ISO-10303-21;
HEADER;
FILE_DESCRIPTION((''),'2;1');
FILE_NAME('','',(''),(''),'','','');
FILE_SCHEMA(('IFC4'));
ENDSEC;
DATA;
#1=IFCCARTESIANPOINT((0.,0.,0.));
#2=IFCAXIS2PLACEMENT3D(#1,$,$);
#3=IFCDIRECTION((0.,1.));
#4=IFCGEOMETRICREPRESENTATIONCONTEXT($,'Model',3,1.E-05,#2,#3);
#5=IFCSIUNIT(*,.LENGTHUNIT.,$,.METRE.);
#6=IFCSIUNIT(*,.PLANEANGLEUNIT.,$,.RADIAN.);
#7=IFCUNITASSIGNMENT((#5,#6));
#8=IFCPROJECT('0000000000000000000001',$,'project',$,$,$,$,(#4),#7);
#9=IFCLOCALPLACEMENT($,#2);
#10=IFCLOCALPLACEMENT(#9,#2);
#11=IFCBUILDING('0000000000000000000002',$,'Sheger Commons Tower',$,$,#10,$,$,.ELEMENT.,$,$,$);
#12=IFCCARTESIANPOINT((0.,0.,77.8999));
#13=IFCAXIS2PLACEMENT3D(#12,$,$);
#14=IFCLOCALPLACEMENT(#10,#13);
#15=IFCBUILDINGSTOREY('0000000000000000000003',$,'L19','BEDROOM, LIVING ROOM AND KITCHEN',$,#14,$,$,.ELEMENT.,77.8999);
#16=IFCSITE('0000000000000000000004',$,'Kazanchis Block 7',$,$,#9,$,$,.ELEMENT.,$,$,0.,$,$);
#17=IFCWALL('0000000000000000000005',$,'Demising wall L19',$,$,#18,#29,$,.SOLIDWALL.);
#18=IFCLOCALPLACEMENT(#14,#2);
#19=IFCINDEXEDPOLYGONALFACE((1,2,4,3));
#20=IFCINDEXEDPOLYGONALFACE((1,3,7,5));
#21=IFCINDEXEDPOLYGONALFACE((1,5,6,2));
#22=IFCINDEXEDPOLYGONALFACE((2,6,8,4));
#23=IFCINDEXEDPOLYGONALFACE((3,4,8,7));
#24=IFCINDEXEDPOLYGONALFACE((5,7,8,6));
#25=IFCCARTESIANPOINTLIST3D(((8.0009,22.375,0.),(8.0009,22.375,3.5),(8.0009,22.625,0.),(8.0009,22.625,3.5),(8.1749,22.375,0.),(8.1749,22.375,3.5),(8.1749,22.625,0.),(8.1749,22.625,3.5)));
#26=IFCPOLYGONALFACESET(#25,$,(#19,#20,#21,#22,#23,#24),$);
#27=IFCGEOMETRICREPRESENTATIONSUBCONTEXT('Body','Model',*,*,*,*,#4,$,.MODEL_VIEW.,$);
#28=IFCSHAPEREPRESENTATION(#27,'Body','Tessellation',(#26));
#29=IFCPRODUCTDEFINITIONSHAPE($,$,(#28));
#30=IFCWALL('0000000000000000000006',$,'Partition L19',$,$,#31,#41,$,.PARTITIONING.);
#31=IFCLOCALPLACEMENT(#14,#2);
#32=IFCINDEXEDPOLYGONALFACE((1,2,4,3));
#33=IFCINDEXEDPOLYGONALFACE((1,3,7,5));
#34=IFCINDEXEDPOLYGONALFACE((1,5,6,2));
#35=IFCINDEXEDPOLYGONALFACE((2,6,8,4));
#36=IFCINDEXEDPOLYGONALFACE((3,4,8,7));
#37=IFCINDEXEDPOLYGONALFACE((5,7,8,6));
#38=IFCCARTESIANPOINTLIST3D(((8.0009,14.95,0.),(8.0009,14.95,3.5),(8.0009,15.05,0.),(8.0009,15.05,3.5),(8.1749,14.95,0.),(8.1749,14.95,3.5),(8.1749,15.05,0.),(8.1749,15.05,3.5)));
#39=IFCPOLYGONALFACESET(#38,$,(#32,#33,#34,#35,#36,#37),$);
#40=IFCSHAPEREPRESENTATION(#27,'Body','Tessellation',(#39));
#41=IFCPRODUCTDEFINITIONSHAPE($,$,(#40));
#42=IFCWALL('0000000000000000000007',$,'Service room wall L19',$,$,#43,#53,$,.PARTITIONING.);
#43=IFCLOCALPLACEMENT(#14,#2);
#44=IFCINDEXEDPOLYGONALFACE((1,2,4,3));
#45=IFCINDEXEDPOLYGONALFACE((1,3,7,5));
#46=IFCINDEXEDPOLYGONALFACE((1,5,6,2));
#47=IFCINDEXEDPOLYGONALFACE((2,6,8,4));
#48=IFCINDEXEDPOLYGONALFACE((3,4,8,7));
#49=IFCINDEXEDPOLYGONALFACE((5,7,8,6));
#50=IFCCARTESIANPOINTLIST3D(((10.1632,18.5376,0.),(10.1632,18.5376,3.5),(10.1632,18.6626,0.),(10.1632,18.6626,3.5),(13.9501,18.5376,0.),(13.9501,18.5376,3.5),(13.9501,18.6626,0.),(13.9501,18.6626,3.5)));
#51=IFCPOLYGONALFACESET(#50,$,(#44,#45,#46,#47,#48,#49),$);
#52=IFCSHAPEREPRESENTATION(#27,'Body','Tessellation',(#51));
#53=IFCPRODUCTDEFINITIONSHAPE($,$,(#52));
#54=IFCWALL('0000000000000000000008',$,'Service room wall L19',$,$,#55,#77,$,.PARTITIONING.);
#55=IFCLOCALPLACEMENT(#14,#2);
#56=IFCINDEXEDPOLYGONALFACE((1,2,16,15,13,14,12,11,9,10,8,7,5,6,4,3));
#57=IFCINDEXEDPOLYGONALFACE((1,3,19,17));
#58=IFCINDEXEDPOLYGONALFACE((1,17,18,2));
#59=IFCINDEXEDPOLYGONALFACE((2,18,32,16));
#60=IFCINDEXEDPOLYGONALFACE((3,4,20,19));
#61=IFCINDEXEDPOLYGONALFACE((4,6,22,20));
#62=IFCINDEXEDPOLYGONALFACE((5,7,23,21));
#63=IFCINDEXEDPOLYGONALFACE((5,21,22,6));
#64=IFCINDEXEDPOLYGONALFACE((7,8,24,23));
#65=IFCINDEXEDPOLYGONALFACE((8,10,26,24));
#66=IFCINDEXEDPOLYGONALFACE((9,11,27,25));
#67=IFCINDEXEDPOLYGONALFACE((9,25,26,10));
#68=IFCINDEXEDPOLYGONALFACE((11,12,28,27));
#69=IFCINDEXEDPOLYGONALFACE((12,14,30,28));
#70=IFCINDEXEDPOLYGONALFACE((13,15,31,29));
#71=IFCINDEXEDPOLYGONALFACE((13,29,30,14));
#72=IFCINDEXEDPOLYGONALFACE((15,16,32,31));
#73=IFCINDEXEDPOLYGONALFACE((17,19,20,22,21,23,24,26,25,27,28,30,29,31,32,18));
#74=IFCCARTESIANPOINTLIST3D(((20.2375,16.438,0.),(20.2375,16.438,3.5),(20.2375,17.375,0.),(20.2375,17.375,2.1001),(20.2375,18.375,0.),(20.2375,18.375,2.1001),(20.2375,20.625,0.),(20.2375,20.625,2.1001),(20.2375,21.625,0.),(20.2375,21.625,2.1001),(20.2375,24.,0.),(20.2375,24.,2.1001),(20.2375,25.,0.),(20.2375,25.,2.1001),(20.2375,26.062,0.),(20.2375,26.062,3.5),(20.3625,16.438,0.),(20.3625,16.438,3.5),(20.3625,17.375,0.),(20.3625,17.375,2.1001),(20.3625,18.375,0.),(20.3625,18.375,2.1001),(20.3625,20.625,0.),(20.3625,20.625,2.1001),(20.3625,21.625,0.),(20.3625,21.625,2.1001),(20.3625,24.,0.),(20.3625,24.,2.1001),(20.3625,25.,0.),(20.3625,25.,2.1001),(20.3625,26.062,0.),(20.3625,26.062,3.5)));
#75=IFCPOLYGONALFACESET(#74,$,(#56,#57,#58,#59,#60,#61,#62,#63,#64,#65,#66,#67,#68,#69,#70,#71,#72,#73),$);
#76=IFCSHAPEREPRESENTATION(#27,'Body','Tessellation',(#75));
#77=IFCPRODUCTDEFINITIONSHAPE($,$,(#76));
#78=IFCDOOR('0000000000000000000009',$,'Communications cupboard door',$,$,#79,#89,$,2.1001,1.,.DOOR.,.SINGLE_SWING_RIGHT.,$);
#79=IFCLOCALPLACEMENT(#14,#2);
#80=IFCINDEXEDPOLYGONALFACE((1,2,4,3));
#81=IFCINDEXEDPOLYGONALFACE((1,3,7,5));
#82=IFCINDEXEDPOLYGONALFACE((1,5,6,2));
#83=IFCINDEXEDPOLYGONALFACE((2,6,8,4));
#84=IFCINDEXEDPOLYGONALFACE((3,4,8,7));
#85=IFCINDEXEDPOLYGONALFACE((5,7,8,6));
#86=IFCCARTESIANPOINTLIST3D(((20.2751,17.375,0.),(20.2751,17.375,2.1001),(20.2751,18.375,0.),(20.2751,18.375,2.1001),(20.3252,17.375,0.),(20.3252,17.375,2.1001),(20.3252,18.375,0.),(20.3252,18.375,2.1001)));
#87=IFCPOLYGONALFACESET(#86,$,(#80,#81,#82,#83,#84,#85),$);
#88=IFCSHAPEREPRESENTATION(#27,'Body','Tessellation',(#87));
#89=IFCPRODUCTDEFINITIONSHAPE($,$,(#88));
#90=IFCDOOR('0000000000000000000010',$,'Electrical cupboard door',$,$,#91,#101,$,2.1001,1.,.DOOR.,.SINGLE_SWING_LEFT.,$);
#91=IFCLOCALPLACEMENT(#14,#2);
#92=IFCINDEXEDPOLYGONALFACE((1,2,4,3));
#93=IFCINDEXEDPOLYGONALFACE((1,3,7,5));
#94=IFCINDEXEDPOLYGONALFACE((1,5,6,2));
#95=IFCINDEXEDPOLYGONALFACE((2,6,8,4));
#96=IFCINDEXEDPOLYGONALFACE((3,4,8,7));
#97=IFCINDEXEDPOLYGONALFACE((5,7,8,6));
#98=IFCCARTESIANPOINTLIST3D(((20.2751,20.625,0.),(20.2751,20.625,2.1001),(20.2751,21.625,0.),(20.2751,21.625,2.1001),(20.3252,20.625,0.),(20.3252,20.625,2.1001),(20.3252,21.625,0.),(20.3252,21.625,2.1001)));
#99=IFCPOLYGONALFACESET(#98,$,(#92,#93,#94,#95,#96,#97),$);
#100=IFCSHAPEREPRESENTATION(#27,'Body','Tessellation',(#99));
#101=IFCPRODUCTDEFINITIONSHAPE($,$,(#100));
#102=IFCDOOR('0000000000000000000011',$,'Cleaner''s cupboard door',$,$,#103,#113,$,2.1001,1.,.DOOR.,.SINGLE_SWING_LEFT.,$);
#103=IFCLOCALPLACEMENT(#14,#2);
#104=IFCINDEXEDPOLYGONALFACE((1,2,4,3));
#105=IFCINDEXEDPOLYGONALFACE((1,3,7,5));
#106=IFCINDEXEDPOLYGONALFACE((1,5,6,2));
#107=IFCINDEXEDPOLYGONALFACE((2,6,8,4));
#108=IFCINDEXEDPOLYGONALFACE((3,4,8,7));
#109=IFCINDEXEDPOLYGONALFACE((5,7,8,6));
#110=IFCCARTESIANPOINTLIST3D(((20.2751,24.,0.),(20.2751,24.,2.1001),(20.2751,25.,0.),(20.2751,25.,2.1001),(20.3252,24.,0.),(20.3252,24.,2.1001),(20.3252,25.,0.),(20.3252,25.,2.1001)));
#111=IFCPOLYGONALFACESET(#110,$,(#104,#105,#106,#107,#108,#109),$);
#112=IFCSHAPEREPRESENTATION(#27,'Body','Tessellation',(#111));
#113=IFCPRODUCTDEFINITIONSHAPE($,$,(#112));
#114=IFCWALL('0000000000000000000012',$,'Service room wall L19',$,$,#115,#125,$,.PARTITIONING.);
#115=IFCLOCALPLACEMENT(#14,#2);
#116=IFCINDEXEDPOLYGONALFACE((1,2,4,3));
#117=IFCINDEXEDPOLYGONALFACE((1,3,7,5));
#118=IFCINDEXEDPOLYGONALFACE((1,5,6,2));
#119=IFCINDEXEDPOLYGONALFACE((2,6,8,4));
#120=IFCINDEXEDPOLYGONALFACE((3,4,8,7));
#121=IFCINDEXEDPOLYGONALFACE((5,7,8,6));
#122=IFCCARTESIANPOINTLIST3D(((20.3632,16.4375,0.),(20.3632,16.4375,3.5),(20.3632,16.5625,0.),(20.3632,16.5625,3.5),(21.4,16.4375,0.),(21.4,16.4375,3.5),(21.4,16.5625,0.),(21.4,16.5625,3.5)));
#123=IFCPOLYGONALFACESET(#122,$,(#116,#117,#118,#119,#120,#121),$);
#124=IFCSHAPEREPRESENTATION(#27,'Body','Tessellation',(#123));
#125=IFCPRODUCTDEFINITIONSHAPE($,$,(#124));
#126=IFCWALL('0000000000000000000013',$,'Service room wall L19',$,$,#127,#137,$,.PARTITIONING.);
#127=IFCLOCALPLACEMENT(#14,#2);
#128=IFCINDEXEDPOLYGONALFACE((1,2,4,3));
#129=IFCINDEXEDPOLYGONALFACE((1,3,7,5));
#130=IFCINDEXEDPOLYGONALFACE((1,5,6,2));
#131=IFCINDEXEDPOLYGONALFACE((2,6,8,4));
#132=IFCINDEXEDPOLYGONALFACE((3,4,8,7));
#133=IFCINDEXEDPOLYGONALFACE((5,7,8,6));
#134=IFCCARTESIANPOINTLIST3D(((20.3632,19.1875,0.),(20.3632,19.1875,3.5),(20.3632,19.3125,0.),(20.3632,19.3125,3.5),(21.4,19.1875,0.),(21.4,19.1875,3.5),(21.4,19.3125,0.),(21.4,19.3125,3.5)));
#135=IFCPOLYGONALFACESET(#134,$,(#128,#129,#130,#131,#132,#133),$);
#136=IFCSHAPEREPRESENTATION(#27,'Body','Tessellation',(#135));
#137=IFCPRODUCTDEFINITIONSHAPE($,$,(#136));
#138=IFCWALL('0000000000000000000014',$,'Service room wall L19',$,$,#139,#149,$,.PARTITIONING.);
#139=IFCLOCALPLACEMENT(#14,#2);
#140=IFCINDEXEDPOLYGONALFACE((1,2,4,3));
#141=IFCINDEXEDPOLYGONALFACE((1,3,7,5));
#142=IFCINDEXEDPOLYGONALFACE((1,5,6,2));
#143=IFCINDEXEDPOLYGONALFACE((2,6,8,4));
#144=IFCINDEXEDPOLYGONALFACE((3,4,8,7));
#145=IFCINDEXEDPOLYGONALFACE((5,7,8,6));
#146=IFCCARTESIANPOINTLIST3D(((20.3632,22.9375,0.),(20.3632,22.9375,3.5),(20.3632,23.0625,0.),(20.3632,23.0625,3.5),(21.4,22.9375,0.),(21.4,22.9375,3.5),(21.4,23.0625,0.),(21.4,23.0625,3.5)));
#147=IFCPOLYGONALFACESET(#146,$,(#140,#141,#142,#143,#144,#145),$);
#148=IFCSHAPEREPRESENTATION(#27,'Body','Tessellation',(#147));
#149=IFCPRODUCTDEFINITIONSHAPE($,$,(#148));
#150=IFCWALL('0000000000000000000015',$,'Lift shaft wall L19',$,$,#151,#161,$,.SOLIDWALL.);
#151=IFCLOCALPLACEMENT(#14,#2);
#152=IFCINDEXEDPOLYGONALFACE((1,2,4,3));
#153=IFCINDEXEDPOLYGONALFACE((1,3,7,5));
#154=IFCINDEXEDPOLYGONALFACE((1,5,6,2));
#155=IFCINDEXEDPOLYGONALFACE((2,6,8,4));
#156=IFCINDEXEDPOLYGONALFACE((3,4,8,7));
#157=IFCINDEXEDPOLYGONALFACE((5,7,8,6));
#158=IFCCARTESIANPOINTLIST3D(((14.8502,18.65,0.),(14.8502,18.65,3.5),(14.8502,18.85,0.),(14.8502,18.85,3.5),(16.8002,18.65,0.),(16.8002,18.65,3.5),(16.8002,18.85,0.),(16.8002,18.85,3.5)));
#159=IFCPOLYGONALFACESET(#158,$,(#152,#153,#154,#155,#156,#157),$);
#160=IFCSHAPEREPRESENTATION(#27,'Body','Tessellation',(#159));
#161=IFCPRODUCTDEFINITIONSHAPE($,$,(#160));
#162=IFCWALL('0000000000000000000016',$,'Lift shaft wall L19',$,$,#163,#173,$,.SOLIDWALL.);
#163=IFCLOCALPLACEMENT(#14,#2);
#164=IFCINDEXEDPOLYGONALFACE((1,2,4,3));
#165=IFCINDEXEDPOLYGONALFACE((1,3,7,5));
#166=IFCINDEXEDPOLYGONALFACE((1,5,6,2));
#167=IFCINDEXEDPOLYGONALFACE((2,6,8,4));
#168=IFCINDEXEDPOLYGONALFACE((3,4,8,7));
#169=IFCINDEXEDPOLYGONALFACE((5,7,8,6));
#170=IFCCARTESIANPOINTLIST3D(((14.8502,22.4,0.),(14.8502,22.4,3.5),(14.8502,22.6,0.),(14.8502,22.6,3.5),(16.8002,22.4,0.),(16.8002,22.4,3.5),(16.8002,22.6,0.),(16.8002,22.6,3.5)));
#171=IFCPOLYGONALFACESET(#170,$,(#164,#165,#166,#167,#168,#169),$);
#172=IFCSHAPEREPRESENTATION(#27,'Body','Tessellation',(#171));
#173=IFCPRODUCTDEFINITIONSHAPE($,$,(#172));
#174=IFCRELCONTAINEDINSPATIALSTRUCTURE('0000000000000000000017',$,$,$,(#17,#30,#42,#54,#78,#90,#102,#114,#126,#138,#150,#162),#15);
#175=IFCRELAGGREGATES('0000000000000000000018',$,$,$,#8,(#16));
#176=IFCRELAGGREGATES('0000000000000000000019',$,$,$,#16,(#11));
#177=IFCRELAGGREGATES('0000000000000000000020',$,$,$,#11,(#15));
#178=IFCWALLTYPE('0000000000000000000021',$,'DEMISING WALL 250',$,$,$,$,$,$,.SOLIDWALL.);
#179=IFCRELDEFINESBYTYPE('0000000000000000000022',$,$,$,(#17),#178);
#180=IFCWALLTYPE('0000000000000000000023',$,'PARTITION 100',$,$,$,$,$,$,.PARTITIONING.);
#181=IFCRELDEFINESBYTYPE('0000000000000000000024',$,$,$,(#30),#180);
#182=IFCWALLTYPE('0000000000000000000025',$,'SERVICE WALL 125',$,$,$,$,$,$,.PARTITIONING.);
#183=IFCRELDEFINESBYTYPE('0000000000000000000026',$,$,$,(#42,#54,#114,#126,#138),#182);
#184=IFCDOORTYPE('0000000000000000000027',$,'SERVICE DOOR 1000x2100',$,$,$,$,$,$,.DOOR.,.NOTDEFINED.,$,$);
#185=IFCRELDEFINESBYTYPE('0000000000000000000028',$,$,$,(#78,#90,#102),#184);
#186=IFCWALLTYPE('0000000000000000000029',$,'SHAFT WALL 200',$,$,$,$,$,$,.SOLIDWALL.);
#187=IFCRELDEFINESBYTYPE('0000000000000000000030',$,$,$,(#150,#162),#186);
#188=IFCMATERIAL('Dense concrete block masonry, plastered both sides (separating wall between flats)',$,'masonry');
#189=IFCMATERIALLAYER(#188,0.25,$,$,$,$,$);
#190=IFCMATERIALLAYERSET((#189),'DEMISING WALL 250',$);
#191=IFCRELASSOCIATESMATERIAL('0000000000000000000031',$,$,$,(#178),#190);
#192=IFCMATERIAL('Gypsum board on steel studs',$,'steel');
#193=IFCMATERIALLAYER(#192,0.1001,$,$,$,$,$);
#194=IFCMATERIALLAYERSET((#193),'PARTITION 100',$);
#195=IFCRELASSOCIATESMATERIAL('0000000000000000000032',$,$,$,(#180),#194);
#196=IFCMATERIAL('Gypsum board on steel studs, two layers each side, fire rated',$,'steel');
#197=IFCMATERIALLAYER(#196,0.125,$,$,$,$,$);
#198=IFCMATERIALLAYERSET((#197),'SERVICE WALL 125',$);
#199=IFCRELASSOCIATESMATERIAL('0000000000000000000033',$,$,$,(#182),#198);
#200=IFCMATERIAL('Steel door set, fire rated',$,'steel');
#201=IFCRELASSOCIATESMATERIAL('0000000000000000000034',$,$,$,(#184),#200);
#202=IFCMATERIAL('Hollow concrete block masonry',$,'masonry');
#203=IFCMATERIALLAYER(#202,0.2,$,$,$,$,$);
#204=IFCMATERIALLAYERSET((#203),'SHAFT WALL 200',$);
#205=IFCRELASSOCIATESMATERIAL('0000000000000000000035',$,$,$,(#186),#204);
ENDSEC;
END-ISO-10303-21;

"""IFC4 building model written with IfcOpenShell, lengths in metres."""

from ifc_helpers import new_model, si_unit, direction, frame, frame_2d, origin, place, context, subcontext, project, spatial, rectangle, extrude, material, layer, layer_set, type_object, element, fill, save


model = new_model("IFC4")

# Units and contexts
model_context = context("Model", 3, precision=1e-05, world=origin(), true_north=direction((0.0, 1.0)))
body_context = subcontext(model_context, "Body", "Model", "MODEL_VIEW")
ifc_project = project(units=[si_unit("LENGTHUNIT", "METRE"), si_unit("PLANEANGLEUNIT", "RADIAN")], contexts=[model_context])

# Site, building, storey
site_placement = place(None, origin())
site = spatial("IfcSite", under=ifc_project, at=site_placement, Name="Kazanchis Block 7", CompositionType="ELEMENT", RefElevation=0.0)
building_placement = place(site_placement, origin())
building = spatial("IfcBuilding", under=site, at=building_placement, Name="Sheger Commons Tower", CompositionType="ELEMENT")
storey_placement = place(building_placement, frame((0.0, 0.0, 77.8999)))
storey = spatial("IfcBuildingStorey", under=building, at=storey_placement, Name="L19", Description="BEDROOM, LIVING ROOM AND KITCHEN", CompositionType="ELEMENT", Elevation=77.8999)

# Walls
ifc_material_1 = material(Name="Dense concrete block masonry, plastered both sides (separating wall between flats)", Category="masonry")
ifc_layer_1 = layer(ifc_material_1, 0.25)
ifc_layer_set_1 = layer_set([ifc_layer_1], Name="DEMISING WALL 250")
wall_type_1 = type_object("IfcWallType", Name="DEMISING WALL 250", PredefinedType="SOLIDWALL", material=ifc_layer_set_1)
wall_1_placement = place(storey_placement, frame((8.001, 22.5, 0.0), z_axis=(0.0, 0.0, 1.0), x_axis=(1.0, 0.0, 0.0)))
element("IfcWall", 1, at=wall_1_placement, inside=storey, type_object=wall_type_1, Name="Demising wall L19", PredefinedType="SOLIDWALL", context=body_context, shape_type="SweptSolid", body=[
    extrude(rectangle(XDim=0.1741, YDim=0.25, at=frame_2d((0.0869, 0.0))), origin(), (0.0, 0.0, 1.0), 3.5),
])
ifc_material_2 = material(Name="Gypsum board on steel studs", Category="steel")
ifc_layer_2 = layer(ifc_material_2, 0.1001)
ifc_layer_set_2 = layer_set([ifc_layer_2], Name="PARTITION 100")
wall_type_2 = type_object("IfcWallType", Name="PARTITION 100", PredefinedType="PARTITIONING", material=ifc_layer_set_2)
wall_2_placement = place(storey_placement, frame((8.001, 15.0, 0.0), z_axis=(0.0, 0.0, 1.0), x_axis=(1.0, 0.0, 0.0)))
element("IfcWall", 2, at=wall_2_placement, inside=storey, type_object=wall_type_2, Name="Partition L19", PredefinedType="PARTITIONING", context=body_context, shape_type="SweptSolid", body=[
    extrude(rectangle(XDim=0.1741, YDim=0.1001, at=frame_2d((0.0869, 0.0))), origin(), (0.0, 0.0, 1.0), 3.5),
])
ifc_material_3 = material(Name="Gypsum board on steel studs, two layers each side, fire rated", Category="steel")
ifc_layer_3 = layer(ifc_material_3, 0.125)
ifc_layer_set_3 = layer_set([ifc_layer_3], Name="SERVICE WALL 125")
wall_type_3 = type_object("IfcWallType", Name="SERVICE WALL 125", PredefinedType="PARTITIONING", material=ifc_layer_set_3)
wall_3_placement = place(storey_placement, frame((10.1631, 18.6001, 0.0), z_axis=(0.0, 0.0, 1.0), x_axis=(1.0, 0.0, 0.0)))
element("IfcWall", 3, at=wall_3_placement, inside=storey, type_object=wall_type_3, Name="Service room wall L19", PredefinedType="PARTITIONING", context=body_context, shape_type="SweptSolid", body=[
    extrude(rectangle(XDim=3.7869, YDim=0.125, at=frame_2d((1.8936, 0.0))), origin(), (0.0, 0.0, 1.0), 3.5),
])

# Wall, openings, doors
wall_4_placement = place(storey_placement, frame((20.3, 16.438, 0.0), z_axis=(0.0, 0.0, 1.0), x_axis=(0.0, 1.0, 0.0)))
wall_4 = element("IfcWall", 4, at=wall_4_placement, inside=storey, type_object=wall_type_3, Name="Service room wall L19", PredefinedType="PARTITIONING", context=body_context, shape_type="SweptSolid", body=[
    extrude(rectangle(XDim=9.624, YDim=0.125, at=frame_2d((4.812, 0.0))), origin(), (0.0, 0.0, 1.0), 3.5),
])
opening_1_placement = place(wall_4_placement, frame((0.937, 0.0, 0.0)))
opening_1 = element("IfcOpeningElement", 5, at=opening_1_placement, cuts=wall_4, PredefinedType="OPENING", context=body_context, shape_type="SweptSolid", body=[
    extrude(rectangle(XDim=1.0, YDim=2.1001, at=frame_2d((0.5, 1.05))), frame((0.0, 0.0725, 0.0), z_axis=(0.0, -1.0, 0.0), x_axis=(1.0, 0.0, 0.0)), (0.0, 0.0, 1.0), 0.145),
])
opening_2_placement = place(wall_4_placement, frame((4.187, 0.0, 0.0)))
opening_2 = element("IfcOpeningElement", 6, at=opening_2_placement, cuts=wall_4, PredefinedType="OPENING", context=body_context, shape_type="SweptSolid", body=[
    extrude(rectangle(XDim=1.0, YDim=2.1001, at=frame_2d((0.5, 1.05))), frame((0.0, 0.0725, 0.0), z_axis=(0.0, -1.0, 0.0), x_axis=(1.0, 0.0, 0.0)), (0.0, 0.0, 1.0), 0.145),
])
opening_3_placement = place(wall_4_placement, frame((7.562, 0.0, 0.0)))
opening_3 = element("IfcOpeningElement", 7, at=opening_3_placement, cuts=wall_4, PredefinedType="OPENING", context=body_context, shape_type="SweptSolid", body=[
    extrude(rectangle(XDim=1.0, YDim=2.1001, at=frame_2d((0.5, 1.05))), frame((0.0, 0.0725, 0.0), z_axis=(0.0, -1.0, 0.0), x_axis=(1.0, 0.0, 0.0)), (0.0, 0.0, 1.0), 0.145),
])
ifc_material_4 = material(Name="Steel door set, fire rated", Category="steel")
door_type_1 = type_object("IfcDoorType", Name="SERVICE DOOR 1000x2100", OperationType="NOTDEFINED", PredefinedType="DOOR", material=ifc_material_4)
door_1_placement = place(opening_1_placement, origin())
door_1 = element("IfcDoor", 8, at=door_1_placement, inside=storey, type_object=door_type_1, Name="Communications cupboard door", OperationType="SINGLE_SWING_RIGHT", OverallHeight=2.1001, OverallWidth=1.0, PredefinedType="DOOR", context=body_context, shape_type="SweptSolid", body=[
    extrude(rectangle(XDim=1.0, YDim=2.1001, at=frame_2d((0.5, 1.05))), frame((0.0, 0.0249, 0.0), z_axis=(0.0, -1.0, 0.0), x_axis=(1.0, 0.0, 0.0)), (0.0, 0.0, 1.0), 0.05),
])
fill(opening_1, door_1)
door_2_placement = place(opening_2_placement, origin())
door_2 = element("IfcDoor", 9, at=door_2_placement, inside=storey, type_object=door_type_1, Name="Electrical cupboard door", OperationType="SINGLE_SWING_LEFT", OverallHeight=2.1001, OverallWidth=1.0, PredefinedType="DOOR", context=body_context, shape_type="SweptSolid", body=[
    extrude(rectangle(XDim=1.0, YDim=2.1001, at=frame_2d((0.5, 1.05))), frame((0.0, 0.0249, 0.0), z_axis=(0.0, -1.0, 0.0), x_axis=(1.0, 0.0, 0.0)), (0.0, 0.0, 1.0), 0.05),
])
fill(opening_2, door_2)
door_3_placement = place(opening_3_placement, origin())
door_3 = element("IfcDoor", 10, at=door_3_placement, inside=storey, type_object=door_type_1, Name="Cleaner's cupboard door", OperationType="SINGLE_SWING_LEFT", OverallHeight=2.1001, OverallWidth=1.0, PredefinedType="DOOR", context=body_context, shape_type="SweptSolid", body=[
    extrude(rectangle(XDim=1.0, YDim=2.1001, at=frame_2d((0.5, 1.05))), frame((0.0, 0.0249, 0.0), z_axis=(0.0, -1.0, 0.0), x_axis=(1.0, 0.0, 0.0)), (0.0, 0.0, 1.0), 0.05),
])
fill(opening_3, door_3)

# Walls
for number, where, z_axis, x_axis, name in (
    (11, (20.363, 16.5, 0.0), (0.0, 0.0, 1.0), (1.0, 0.0, 0.0), "Service room wall L19"),
    (12, (20.363, 19.25, 0.0), (0.0, 0.0, 1.0), (1.0, 0.0, 0.0), "Service room wall L19"),
    (13, (20.363, 23.0, 0.0), (0.0, 0.0, 1.0), (1.0, 0.0, 0.0), "Service room wall L19"),
):
    element("IfcWall", number, at=place(storey_placement, frame(where, z_axis=z_axis, x_axis=x_axis)), inside=storey, type_object=wall_type_3, Name=name, PredefinedType="PARTITIONING", context=body_context, shape_type="SweptSolid", body=[
        extrude(rectangle(XDim=1.0369, YDim=0.125, at=frame_2d((0.5186, 0.0))), origin(), (0.0, 0.0, 1.0), 3.5),
    ])
ifc_material_5 = material(Name="Hollow concrete block masonry", Category="masonry")
ifc_layer_4 = layer(ifc_material_5, 0.2)
ifc_layer_set_4 = layer_set([ifc_layer_4], Name="SHAFT WALL 200")
wall_type_4 = type_object("IfcWallType", Name="SHAFT WALL 200", PredefinedType="SOLIDWALL", material=ifc_layer_set_4)
for number, where, z_axis, x_axis, name in (
    (14, (14.8501, 18.75, 0.0), (0.0, 0.0, 1.0), (1.0, 0.0, 0.0), "Lift shaft wall L19"),
    (15, (14.8501, 22.5, 0.0), (0.0, 0.0, 1.0), (1.0, 0.0, 0.0), "Lift shaft wall L19"),
):
    element("IfcWall", number, at=place(storey_placement, frame(where, z_axis=z_axis, x_axis=x_axis)), inside=storey, type_object=wall_type_4, Name=name, PredefinedType="SOLIDWALL", context=body_context, shape_type="SweptSolid", body=[
        extrude(rectangle(XDim=1.95, YDim=0.2, at=frame_2d((0.9751, 0.0))), origin(), (0.0, 0.0, 1.0), 3.5),
    ])

save(model, "model.ifc")
